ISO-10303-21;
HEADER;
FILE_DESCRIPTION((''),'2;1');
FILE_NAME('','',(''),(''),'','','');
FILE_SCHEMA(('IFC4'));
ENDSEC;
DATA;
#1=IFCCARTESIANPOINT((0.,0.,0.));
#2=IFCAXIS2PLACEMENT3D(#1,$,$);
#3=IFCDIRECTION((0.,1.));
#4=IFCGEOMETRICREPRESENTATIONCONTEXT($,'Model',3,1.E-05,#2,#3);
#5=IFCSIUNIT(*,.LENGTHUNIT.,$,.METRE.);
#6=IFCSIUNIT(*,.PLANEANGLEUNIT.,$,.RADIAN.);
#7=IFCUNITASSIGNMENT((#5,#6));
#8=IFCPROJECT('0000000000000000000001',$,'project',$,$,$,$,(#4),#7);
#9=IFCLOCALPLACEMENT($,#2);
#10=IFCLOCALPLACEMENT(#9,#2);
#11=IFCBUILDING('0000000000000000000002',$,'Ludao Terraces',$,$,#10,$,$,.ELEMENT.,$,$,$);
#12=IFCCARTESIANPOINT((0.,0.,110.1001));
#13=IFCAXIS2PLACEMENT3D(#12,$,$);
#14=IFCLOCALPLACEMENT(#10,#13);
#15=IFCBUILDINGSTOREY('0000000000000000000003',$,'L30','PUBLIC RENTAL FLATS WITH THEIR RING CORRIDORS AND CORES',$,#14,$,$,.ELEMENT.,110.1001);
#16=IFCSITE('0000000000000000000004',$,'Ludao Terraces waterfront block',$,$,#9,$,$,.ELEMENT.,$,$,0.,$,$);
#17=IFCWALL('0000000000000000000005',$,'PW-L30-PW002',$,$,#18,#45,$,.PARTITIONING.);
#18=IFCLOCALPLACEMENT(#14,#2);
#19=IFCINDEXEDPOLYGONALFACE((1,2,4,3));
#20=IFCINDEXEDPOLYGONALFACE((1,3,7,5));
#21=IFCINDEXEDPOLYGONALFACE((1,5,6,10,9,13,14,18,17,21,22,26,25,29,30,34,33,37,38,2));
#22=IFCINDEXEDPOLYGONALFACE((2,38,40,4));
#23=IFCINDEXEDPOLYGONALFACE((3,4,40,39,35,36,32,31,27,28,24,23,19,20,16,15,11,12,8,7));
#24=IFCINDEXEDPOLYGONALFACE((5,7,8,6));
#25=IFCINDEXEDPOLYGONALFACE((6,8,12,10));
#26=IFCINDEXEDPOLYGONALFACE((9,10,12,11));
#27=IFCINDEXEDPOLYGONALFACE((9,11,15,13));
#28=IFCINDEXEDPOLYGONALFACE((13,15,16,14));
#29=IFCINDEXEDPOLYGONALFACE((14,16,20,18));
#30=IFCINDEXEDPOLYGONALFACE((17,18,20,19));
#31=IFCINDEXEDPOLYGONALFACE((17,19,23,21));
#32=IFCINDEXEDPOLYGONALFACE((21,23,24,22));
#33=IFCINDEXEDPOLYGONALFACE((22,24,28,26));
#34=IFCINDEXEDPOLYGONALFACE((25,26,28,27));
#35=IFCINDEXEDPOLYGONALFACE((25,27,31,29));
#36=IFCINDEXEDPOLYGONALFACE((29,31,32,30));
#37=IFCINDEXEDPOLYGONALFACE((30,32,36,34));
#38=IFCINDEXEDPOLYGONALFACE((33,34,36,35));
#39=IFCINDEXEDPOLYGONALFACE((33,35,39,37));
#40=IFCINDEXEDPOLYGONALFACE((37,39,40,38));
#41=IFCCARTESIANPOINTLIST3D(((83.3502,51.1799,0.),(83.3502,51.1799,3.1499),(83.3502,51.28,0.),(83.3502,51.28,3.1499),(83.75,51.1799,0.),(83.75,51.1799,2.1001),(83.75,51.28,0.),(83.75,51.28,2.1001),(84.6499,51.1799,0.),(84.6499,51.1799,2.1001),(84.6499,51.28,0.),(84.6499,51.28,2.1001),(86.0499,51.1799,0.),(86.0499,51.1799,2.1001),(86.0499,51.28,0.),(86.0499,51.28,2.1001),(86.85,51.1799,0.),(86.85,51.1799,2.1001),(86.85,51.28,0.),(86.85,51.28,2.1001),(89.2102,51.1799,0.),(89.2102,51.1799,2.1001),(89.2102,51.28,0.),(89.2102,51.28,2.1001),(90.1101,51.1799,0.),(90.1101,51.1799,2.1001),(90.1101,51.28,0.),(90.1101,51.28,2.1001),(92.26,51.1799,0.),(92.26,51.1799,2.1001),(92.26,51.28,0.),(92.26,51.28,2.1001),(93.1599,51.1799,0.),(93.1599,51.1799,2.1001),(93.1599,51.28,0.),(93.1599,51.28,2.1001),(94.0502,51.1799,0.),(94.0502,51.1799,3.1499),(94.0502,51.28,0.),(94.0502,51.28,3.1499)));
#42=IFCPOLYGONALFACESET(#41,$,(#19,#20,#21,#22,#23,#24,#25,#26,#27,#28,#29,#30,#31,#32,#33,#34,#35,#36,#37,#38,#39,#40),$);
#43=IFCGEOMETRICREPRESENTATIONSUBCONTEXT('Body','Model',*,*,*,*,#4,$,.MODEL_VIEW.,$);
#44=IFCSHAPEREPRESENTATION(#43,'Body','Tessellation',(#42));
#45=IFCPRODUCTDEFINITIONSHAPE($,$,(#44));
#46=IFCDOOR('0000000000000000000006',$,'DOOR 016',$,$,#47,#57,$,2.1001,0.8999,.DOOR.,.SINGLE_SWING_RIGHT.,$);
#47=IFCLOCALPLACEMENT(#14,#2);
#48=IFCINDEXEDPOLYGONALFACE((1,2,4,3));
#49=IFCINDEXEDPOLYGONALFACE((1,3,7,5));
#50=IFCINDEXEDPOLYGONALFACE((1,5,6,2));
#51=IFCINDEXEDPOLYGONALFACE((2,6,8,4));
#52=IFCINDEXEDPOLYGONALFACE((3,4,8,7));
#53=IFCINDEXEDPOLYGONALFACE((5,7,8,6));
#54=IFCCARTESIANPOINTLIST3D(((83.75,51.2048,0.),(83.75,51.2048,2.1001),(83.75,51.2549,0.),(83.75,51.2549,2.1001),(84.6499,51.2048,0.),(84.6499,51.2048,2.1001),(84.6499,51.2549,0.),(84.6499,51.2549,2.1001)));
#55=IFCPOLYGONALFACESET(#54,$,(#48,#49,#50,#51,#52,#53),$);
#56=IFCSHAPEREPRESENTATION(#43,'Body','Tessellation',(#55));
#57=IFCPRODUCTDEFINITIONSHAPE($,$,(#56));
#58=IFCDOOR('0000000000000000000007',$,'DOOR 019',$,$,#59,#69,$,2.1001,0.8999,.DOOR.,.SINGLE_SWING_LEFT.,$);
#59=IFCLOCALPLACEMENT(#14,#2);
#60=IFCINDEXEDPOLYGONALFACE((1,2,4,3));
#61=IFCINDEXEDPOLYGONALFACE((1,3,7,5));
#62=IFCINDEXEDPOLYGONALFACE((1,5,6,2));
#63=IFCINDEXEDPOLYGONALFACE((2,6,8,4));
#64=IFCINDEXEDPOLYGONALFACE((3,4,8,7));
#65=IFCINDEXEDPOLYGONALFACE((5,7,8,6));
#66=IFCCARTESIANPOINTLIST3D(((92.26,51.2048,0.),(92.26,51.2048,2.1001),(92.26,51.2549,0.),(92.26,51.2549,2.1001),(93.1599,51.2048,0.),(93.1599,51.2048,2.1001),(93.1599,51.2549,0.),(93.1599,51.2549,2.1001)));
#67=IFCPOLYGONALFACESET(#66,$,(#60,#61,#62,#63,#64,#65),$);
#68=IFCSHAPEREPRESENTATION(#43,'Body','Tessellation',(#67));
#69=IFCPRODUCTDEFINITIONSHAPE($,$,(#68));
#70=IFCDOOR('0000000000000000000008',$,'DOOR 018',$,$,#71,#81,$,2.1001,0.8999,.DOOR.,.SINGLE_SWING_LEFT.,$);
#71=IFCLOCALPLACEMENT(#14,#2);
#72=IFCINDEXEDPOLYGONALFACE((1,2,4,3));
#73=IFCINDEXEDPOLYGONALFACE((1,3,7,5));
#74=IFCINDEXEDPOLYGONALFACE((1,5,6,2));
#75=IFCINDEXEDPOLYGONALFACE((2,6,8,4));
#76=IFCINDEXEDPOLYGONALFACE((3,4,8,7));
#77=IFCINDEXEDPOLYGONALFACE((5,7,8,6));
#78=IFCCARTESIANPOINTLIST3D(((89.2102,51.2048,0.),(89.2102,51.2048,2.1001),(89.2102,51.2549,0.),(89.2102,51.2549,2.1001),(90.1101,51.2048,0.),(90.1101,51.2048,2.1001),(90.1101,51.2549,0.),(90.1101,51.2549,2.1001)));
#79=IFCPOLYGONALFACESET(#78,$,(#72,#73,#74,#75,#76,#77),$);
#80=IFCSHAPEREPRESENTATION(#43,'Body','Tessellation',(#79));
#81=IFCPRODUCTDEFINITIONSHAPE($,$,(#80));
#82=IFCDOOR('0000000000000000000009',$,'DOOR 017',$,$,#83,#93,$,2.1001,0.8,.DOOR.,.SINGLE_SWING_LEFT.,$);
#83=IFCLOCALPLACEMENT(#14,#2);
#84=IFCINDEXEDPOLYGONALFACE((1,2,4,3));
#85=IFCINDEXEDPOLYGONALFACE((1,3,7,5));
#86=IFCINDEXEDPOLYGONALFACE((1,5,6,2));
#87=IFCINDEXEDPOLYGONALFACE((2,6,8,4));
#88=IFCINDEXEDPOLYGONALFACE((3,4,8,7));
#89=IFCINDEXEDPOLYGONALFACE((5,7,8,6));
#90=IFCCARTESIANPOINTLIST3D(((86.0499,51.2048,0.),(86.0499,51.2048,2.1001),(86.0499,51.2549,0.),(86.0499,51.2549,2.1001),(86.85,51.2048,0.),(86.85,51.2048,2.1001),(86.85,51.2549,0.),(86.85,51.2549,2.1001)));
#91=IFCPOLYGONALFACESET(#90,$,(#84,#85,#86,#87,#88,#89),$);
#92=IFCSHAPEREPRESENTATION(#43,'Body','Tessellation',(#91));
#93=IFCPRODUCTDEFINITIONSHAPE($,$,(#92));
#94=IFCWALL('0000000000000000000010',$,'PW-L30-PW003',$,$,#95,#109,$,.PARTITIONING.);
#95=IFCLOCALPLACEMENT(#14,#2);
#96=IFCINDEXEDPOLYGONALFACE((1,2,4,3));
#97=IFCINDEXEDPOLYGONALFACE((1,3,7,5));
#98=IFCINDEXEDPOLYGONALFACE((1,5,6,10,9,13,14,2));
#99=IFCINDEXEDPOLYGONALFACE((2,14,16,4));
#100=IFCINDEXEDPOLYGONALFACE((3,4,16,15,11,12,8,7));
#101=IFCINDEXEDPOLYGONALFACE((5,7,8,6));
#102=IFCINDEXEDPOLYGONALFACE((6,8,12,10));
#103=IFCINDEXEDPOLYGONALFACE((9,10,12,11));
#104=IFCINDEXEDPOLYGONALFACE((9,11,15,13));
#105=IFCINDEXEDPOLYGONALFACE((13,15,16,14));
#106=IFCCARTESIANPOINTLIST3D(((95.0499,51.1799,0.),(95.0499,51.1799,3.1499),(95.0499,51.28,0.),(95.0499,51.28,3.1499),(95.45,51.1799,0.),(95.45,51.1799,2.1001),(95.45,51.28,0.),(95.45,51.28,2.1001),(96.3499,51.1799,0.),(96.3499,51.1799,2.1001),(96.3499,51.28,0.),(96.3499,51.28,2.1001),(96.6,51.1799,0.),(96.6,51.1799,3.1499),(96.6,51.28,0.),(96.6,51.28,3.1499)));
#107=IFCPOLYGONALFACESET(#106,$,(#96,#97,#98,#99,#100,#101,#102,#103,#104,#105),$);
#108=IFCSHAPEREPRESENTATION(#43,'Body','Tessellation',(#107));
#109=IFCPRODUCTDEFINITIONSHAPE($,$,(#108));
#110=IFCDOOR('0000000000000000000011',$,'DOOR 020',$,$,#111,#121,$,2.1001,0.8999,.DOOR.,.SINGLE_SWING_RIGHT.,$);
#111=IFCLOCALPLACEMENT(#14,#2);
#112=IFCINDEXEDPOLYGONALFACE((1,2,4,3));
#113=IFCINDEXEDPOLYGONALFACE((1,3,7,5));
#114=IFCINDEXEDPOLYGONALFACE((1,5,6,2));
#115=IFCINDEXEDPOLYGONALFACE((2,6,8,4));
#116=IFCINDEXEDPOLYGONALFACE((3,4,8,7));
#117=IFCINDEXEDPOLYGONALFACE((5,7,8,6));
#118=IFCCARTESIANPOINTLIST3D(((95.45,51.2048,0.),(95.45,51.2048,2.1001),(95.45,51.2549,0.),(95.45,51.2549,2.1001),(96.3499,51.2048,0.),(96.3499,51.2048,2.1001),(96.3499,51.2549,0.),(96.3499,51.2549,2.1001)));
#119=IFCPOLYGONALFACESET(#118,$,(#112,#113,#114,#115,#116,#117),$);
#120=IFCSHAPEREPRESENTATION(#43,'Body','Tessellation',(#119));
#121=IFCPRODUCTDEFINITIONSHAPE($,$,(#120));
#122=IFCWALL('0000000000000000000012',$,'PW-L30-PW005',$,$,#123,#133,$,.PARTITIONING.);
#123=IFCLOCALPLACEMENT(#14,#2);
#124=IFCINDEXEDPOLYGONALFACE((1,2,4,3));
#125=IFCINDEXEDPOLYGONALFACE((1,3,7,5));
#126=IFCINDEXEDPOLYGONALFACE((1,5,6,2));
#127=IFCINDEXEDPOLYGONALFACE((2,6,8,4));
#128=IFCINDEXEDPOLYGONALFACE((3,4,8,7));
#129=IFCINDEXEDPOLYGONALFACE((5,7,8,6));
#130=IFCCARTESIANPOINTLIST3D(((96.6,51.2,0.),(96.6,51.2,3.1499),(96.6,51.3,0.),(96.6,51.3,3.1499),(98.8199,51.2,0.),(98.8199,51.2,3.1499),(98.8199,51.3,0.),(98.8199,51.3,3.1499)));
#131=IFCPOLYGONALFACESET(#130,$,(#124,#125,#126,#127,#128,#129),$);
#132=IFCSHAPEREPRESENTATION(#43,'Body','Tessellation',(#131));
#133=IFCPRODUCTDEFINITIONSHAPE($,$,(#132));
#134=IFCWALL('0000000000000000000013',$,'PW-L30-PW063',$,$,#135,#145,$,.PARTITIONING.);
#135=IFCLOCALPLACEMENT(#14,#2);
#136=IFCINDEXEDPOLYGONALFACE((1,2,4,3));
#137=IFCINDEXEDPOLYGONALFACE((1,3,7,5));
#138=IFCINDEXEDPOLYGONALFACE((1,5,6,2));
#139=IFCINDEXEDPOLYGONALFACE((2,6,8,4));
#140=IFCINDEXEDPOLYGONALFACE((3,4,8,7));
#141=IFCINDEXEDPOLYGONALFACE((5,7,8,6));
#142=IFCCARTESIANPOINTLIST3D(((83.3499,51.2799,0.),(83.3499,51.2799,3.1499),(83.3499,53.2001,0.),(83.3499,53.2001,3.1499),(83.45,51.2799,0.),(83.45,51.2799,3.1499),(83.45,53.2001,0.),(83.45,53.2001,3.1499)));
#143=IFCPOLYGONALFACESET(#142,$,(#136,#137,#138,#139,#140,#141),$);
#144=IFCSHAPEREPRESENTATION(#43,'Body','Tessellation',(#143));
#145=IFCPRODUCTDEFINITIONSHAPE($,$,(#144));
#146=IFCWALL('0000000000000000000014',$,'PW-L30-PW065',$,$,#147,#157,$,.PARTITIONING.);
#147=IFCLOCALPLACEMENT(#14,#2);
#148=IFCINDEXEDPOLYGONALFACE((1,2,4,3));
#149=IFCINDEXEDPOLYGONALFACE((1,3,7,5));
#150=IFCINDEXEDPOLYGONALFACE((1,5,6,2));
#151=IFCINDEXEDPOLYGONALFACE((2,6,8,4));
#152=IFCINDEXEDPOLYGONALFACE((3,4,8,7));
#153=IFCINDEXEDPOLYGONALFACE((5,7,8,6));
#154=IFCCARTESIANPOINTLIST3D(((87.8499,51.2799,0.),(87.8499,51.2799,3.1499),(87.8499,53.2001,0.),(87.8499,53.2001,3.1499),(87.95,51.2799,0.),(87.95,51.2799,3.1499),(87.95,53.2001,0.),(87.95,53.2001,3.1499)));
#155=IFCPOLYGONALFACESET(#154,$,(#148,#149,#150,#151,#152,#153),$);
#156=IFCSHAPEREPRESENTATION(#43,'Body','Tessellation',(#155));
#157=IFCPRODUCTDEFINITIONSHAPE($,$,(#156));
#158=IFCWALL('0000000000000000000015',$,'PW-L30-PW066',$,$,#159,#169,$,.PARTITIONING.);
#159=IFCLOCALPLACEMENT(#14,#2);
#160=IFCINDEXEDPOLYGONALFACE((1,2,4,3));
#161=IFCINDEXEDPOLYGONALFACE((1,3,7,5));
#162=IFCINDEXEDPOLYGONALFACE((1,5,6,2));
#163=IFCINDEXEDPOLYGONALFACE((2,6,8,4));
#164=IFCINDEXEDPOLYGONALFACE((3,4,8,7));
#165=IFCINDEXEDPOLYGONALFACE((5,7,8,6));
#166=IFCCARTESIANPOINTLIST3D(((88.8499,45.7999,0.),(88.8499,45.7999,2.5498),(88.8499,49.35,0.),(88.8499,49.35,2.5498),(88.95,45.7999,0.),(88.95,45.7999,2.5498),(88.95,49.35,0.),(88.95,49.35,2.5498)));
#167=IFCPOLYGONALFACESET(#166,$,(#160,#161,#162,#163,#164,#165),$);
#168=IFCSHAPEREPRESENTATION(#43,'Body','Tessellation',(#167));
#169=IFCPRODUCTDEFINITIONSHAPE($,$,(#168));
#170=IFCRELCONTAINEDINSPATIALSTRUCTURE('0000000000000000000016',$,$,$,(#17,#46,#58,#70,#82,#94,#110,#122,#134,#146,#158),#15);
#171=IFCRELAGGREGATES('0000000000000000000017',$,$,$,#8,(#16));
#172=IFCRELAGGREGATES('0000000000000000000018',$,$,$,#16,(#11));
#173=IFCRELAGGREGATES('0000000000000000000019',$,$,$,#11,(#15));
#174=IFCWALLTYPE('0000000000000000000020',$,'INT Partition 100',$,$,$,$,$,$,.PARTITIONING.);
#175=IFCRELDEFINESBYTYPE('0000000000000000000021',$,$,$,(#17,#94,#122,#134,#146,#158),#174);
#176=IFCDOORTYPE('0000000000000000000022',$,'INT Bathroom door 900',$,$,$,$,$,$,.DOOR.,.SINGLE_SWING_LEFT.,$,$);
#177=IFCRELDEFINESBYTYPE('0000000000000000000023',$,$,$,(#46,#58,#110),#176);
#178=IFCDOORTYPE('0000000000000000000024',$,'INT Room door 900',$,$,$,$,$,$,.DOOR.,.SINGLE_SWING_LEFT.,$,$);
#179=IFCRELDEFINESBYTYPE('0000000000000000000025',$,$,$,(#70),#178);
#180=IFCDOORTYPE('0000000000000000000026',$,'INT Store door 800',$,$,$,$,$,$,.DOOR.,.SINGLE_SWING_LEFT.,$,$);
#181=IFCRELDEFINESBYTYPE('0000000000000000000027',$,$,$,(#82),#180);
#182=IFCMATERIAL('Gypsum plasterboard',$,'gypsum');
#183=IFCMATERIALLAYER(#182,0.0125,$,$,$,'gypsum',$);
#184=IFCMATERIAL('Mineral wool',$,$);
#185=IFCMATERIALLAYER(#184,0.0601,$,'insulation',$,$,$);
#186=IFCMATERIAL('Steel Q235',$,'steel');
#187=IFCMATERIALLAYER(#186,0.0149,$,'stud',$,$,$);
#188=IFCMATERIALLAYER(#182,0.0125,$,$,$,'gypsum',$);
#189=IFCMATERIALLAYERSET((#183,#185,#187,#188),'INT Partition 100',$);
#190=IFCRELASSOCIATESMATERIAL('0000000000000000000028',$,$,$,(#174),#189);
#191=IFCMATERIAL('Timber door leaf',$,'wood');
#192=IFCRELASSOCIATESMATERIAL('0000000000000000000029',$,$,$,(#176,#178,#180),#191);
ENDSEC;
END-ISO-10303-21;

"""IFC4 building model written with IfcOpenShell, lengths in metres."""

from ifc_helpers import new_model, si_unit, direction, frame, frame_2d, origin, place, context, subcontext, project, spatial, rectangle, extrude, material, layer, layer_set, type_object, element, fill, save


model = new_model("IFC4")

# Units and contexts
model_context = context("Model", 3, precision=1e-05, world=origin(), true_north=direction((0.0, 1.0)))
body_context = subcontext(model_context, "Body", "Model", "MODEL_VIEW")
ifc_project = project(units=[si_unit("LENGTHUNIT", "METRE"), si_unit("PLANEANGLEUNIT", "RADIAN")], contexts=[model_context])

# Site, building, storey
site_placement = place(None, origin())
site = spatial("IfcSite", under=ifc_project, at=site_placement, Name="Ludao Terraces waterfront block", CompositionType="ELEMENT", RefElevation=0.0)
building_placement = place(site_placement, origin())
building = spatial("IfcBuilding", under=site, at=building_placement, Name="Ludao Terraces", CompositionType="ELEMENT")
storey_placement = place(building_placement, frame((0.0, 0.0, 110.1001)))
storey = spatial("IfcBuildingStorey", under=building, at=storey_placement, Name="L30", Description="PUBLIC RENTAL FLATS WITH THEIR RING CORRIDORS AND CORES", CompositionType="ELEMENT", Elevation=110.1001)

# Shared definitions
ifc_material_1 = material(Name="Steel Q235", Category="steel")

# Shared definitions
ifc_material_2 = material(Name="Mineral wool")

# Wall, openings, doors
ifc_material_3 = material(Name="Gypsum plasterboard", Category="gypsum")
ifc_layer_1 = layer(ifc_material_3, 0.0125, Category="gypsum")
ifc_layer_2 = layer(ifc_material_2, 0.0601, Name="insulation")
ifc_layer_3 = layer(ifc_material_1, 0.0149, Name="stud")
ifc_layer_4 = layer(ifc_material_3, 0.0125, Category="gypsum")
ifc_layer_set_1 = layer_set([ifc_layer_1, ifc_layer_2, ifc_layer_3, ifc_layer_4], Name="INT Partition 100")
wall_type_1 = type_object("IfcWallType", Name="INT Partition 100", PredefinedType="PARTITIONING", material=ifc_layer_set_1)
wall_1_placement = place(storey_placement, frame((83.3501, 51.23, 0.0), z_axis=(0.0, 0.0, 1.0), x_axis=(1.0, 0.0, 0.0)))
wall_1 = element("IfcWall", 1, at=wall_1_placement, inside=storey, type_object=wall_type_1, Name="PW-L30-PW002", PredefinedType="PARTITIONING", context=body_context, shape_type="SweptSolid", body=[
    extrude(rectangle(XDim=10.7, YDim=0.1001, at=frame_2d((5.3501, 0.0))), origin(), (0.0, 0.0, 1.0), 3.1499),
])
opening_1_placement = place(wall_1_placement, frame((0.3999, 0.0, 0.0)))
opening_1 = element("IfcOpeningElement", 2, at=opening_1_placement, cuts=wall_1, PredefinedType="OPENING", context=body_context, shape_type="SweptSolid", body=[
    extrude(rectangle(XDim=0.8999, YDim=2.1001, at=frame_2d((0.45, 1.05))), frame((0.0, 0.0601, 0.0), z_axis=(0.0, -1.0, 0.0), x_axis=(1.0, 0.0, 0.0)), (0.0, 0.0, 1.0), 0.1201),
])
opening_2_placement = place(wall_1_placement, frame((2.7, 0.0, 0.0)))
opening_2 = element("IfcOpeningElement", 3, at=opening_2_placement, cuts=wall_1, PredefinedType="OPENING", context=body_context, shape_type="SweptSolid", body=[
    extrude(rectangle(XDim=0.8, YDim=2.1001, at=frame_2d((0.3999, 1.05))), frame((0.0, 0.0601, 0.0), z_axis=(0.0, -1.0, 0.0), x_axis=(1.0, 0.0, 0.0)), (0.0, 0.0, 1.0), 0.1201),
])
opening_3_placement = place(wall_1_placement, frame((5.8601, 0.0, 0.0)))
opening_3 = element("IfcOpeningElement", 4, at=opening_3_placement, cuts=wall_1, PredefinedType="OPENING", context=body_context, shape_type="SweptSolid", body=[
    extrude(rectangle(XDim=0.8999, YDim=2.1001, at=frame_2d((0.45, 1.05))), frame((0.0, 0.0601, 0.0), z_axis=(0.0, -1.0, 0.0), x_axis=(1.0, 0.0, 0.0)), (0.0, 0.0, 1.0), 0.1201),
])
opening_4_placement = place(wall_1_placement, frame((8.9099, 0.0, 0.0)))
opening_4 = element("IfcOpeningElement", 5, at=opening_4_placement, cuts=wall_1, PredefinedType="OPENING", context=body_context, shape_type="SweptSolid", body=[
    extrude(rectangle(XDim=0.8999, YDim=2.1001, at=frame_2d((0.45, 1.05))), frame((0.0, 0.0601, 0.0), z_axis=(0.0, -1.0, 0.0), x_axis=(1.0, 0.0, 0.0)), (0.0, 0.0, 1.0), 0.1201),
])
ifc_material_4 = material(Name="Timber door leaf", Category="wood")
door_type_1 = type_object("IfcDoorType", Name="INT Bathroom door 900", OperationType="SINGLE_SWING_LEFT", PredefinedType="DOOR", material=ifc_material_4)
door_1_placement = place(opening_1_placement, origin())
door_1 = element("IfcDoor", 6, at=door_1_placement, inside=storey, type_object=door_type_1, Name="DOOR 016", OperationType="SINGLE_SWING_RIGHT", OverallHeight=2.1001, OverallWidth=0.8999, PredefinedType="DOOR", context=body_context, shape_type="SweptSolid", body=[
    extrude(rectangle(XDim=0.8999, YDim=2.1001, at=frame_2d((0.45, 1.05))), frame((0.0, 0.0249, 0.0), z_axis=(0.0, -1.0, 0.0), x_axis=(1.0, 0.0, 0.0)), (0.0, 0.0, 1.0), 0.05),
])
fill(opening_1, door_1)
door_2_placement = place(opening_4_placement, origin())
door_2 = element("IfcDoor", 7, at=door_2_placement, inside=storey, type_object=door_type_1, Name="DOOR 019", OperationType="SINGLE_SWING_LEFT", OverallHeight=2.1001, OverallWidth=0.8999, PredefinedType="DOOR", context=body_context, shape_type="SweptSolid", body=[
    extrude(rectangle(XDim=0.8999, YDim=2.1001, at=frame_2d((0.45, 1.05))), frame((0.0, 0.0249, 0.0), z_axis=(0.0, -1.0, 0.0), x_axis=(1.0, 0.0, 0.0)), (0.0, 0.0, 1.0), 0.05),
])
fill(opening_4, door_2)
door_type_2 = type_object("IfcDoorType", Name="INT Room door 900", OperationType="SINGLE_SWING_LEFT", PredefinedType="DOOR", material=ifc_material_4)
door_3_placement = place(opening_3_placement, origin())
door_3 = element("IfcDoor", 8, at=door_3_placement, inside=storey, type_object=door_type_2, Name="DOOR 018", OperationType="SINGLE_SWING_LEFT", OverallHeight=2.1001, OverallWidth=0.8999, PredefinedType="DOOR", context=body_context, shape_type="SweptSolid", body=[
    extrude(rectangle(XDim=0.8999, YDim=2.1001, at=frame_2d((0.45, 1.05))), frame((0.0, 0.0249, 0.0), z_axis=(0.0, -1.0, 0.0), x_axis=(1.0, 0.0, 0.0)), (0.0, 0.0, 1.0), 0.05),
])
fill(opening_3, door_3)
door_type_3 = type_object("IfcDoorType", Name="INT Store door 800", OperationType="SINGLE_SWING_LEFT", PredefinedType="DOOR", material=ifc_material_4)
door_4_placement = place(opening_2_placement, origin())
door_4 = element("IfcDoor", 9, at=door_4_placement, inside=storey, type_object=door_type_3, Name="DOOR 017", OperationType="SINGLE_SWING_LEFT", OverallHeight=2.1001, OverallWidth=0.8, PredefinedType="DOOR", context=body_context, shape_type="SweptSolid", body=[
    extrude(rectangle(XDim=0.8, YDim=2.1001, at=frame_2d((0.3999, 1.05))), frame((0.0, 0.0249, 0.0), z_axis=(0.0, -1.0, 0.0), x_axis=(1.0, 0.0, 0.0)), (0.0, 0.0, 1.0), 0.05),
])
fill(opening_2, door_4)

# Wall, opening, door
wall_2_placement = place(storey_placement, frame((95.05, 51.23, 0.0), z_axis=(0.0, 0.0, 1.0), x_axis=(1.0, 0.0, 0.0)))
wall_2 = element("IfcWall", 10, at=wall_2_placement, inside=storey, type_object=wall_type_1, Name="PW-L30-PW003", PredefinedType="PARTITIONING", context=body_context, shape_type="SweptSolid", body=[
    extrude(rectangle(XDim=1.55, YDim=0.1001, at=frame_2d((0.7749, 0.0))), origin(), (0.0, 0.0, 1.0), 3.1499),
])
opening_5_placement = place(wall_2_placement, frame((0.3999, 0.0, 0.0)))
opening_5 = element("IfcOpeningElement", 11, at=opening_5_placement, cuts=wall_2, PredefinedType="OPENING", context=body_context, shape_type="SweptSolid", body=[
    extrude(rectangle(XDim=0.8999, YDim=2.1001, at=frame_2d((0.45, 1.05))), frame((0.0, 0.0601, 0.0), z_axis=(0.0, -1.0, 0.0), x_axis=(1.0, 0.0, 0.0)), (0.0, 0.0, 1.0), 0.1201),
])
door_5_placement = place(opening_5_placement, origin())
door_5 = element("IfcDoor", 12, at=door_5_placement, inside=storey, type_object=door_type_1, Name="DOOR 020", OperationType="SINGLE_SWING_RIGHT", OverallHeight=2.1001, OverallWidth=0.8999, PredefinedType="DOOR", context=body_context, shape_type="SweptSolid", body=[
    extrude(rectangle(XDim=0.8999, YDim=2.1001, at=frame_2d((0.45, 1.05))), frame((0.0, 0.0249, 0.0), z_axis=(0.0, -1.0, 0.0), x_axis=(1.0, 0.0, 0.0)), (0.0, 0.0, 1.0), 0.05),
])
fill(opening_5, door_5)

# Walls
wall_3_placement = place(storey_placement, frame((96.6001, 51.25, 0.0), z_axis=(0.0, 0.0, 1.0), x_axis=(1.0, 0.0, 0.0)))
element("IfcWall", 13, at=wall_3_placement, inside=storey, type_object=wall_type_1, Name="PW-L30-PW005", PredefinedType="PARTITIONING", context=body_context, shape_type="SweptSolid", body=[
    extrude(rectangle(XDim=2.22, YDim=0.1001, at=frame_2d((1.1099, 0.0))), origin(), (0.0, 0.0, 1.0), 3.1499),
])
for number, where, z_axis, x_axis, name in (
    (14, (83.3999, 51.28, 0.0), (0.0, 0.0, 1.0), (0.0, 1.0, 0.0), "PW-L30-PW063"),
    (15, (87.8999, 51.28, 0.0), (0.0, 0.0, 1.0), (0.0, 1.0, 0.0), "PW-L30-PW065"),
):
    element("IfcWall", number, at=place(storey_placement, frame(where, z_axis=z_axis, x_axis=x_axis)), inside=storey, type_object=wall_type_1, Name=name, PredefinedType="PARTITIONING", context=body_context, shape_type="SweptSolid", body=[
        extrude(rectangle(XDim=1.9202, YDim=0.1001, at=frame_2d((0.96, 0.0))), origin(), (0.0, 0.0, 1.0), 3.1499),
    ])
wall_4_placement = place(storey_placement, frame((88.8999, 45.8, 0.0), z_axis=(0.0, 0.0, 1.0), x_axis=(0.0, 1.0, 0.0)))
element("IfcWall", 16, at=wall_4_placement, inside=storey, type_object=wall_type_1, Name="PW-L30-PW066", PredefinedType="PARTITIONING", context=body_context, shape_type="SweptSolid", body=[
    extrude(rectangle(XDim=3.55, YDim=0.1001, at=frame_2d((1.7749, 0.0))), origin(), (0.0, 0.0, 1.0), 2.5498),
])

save(model, "model.ifc")
